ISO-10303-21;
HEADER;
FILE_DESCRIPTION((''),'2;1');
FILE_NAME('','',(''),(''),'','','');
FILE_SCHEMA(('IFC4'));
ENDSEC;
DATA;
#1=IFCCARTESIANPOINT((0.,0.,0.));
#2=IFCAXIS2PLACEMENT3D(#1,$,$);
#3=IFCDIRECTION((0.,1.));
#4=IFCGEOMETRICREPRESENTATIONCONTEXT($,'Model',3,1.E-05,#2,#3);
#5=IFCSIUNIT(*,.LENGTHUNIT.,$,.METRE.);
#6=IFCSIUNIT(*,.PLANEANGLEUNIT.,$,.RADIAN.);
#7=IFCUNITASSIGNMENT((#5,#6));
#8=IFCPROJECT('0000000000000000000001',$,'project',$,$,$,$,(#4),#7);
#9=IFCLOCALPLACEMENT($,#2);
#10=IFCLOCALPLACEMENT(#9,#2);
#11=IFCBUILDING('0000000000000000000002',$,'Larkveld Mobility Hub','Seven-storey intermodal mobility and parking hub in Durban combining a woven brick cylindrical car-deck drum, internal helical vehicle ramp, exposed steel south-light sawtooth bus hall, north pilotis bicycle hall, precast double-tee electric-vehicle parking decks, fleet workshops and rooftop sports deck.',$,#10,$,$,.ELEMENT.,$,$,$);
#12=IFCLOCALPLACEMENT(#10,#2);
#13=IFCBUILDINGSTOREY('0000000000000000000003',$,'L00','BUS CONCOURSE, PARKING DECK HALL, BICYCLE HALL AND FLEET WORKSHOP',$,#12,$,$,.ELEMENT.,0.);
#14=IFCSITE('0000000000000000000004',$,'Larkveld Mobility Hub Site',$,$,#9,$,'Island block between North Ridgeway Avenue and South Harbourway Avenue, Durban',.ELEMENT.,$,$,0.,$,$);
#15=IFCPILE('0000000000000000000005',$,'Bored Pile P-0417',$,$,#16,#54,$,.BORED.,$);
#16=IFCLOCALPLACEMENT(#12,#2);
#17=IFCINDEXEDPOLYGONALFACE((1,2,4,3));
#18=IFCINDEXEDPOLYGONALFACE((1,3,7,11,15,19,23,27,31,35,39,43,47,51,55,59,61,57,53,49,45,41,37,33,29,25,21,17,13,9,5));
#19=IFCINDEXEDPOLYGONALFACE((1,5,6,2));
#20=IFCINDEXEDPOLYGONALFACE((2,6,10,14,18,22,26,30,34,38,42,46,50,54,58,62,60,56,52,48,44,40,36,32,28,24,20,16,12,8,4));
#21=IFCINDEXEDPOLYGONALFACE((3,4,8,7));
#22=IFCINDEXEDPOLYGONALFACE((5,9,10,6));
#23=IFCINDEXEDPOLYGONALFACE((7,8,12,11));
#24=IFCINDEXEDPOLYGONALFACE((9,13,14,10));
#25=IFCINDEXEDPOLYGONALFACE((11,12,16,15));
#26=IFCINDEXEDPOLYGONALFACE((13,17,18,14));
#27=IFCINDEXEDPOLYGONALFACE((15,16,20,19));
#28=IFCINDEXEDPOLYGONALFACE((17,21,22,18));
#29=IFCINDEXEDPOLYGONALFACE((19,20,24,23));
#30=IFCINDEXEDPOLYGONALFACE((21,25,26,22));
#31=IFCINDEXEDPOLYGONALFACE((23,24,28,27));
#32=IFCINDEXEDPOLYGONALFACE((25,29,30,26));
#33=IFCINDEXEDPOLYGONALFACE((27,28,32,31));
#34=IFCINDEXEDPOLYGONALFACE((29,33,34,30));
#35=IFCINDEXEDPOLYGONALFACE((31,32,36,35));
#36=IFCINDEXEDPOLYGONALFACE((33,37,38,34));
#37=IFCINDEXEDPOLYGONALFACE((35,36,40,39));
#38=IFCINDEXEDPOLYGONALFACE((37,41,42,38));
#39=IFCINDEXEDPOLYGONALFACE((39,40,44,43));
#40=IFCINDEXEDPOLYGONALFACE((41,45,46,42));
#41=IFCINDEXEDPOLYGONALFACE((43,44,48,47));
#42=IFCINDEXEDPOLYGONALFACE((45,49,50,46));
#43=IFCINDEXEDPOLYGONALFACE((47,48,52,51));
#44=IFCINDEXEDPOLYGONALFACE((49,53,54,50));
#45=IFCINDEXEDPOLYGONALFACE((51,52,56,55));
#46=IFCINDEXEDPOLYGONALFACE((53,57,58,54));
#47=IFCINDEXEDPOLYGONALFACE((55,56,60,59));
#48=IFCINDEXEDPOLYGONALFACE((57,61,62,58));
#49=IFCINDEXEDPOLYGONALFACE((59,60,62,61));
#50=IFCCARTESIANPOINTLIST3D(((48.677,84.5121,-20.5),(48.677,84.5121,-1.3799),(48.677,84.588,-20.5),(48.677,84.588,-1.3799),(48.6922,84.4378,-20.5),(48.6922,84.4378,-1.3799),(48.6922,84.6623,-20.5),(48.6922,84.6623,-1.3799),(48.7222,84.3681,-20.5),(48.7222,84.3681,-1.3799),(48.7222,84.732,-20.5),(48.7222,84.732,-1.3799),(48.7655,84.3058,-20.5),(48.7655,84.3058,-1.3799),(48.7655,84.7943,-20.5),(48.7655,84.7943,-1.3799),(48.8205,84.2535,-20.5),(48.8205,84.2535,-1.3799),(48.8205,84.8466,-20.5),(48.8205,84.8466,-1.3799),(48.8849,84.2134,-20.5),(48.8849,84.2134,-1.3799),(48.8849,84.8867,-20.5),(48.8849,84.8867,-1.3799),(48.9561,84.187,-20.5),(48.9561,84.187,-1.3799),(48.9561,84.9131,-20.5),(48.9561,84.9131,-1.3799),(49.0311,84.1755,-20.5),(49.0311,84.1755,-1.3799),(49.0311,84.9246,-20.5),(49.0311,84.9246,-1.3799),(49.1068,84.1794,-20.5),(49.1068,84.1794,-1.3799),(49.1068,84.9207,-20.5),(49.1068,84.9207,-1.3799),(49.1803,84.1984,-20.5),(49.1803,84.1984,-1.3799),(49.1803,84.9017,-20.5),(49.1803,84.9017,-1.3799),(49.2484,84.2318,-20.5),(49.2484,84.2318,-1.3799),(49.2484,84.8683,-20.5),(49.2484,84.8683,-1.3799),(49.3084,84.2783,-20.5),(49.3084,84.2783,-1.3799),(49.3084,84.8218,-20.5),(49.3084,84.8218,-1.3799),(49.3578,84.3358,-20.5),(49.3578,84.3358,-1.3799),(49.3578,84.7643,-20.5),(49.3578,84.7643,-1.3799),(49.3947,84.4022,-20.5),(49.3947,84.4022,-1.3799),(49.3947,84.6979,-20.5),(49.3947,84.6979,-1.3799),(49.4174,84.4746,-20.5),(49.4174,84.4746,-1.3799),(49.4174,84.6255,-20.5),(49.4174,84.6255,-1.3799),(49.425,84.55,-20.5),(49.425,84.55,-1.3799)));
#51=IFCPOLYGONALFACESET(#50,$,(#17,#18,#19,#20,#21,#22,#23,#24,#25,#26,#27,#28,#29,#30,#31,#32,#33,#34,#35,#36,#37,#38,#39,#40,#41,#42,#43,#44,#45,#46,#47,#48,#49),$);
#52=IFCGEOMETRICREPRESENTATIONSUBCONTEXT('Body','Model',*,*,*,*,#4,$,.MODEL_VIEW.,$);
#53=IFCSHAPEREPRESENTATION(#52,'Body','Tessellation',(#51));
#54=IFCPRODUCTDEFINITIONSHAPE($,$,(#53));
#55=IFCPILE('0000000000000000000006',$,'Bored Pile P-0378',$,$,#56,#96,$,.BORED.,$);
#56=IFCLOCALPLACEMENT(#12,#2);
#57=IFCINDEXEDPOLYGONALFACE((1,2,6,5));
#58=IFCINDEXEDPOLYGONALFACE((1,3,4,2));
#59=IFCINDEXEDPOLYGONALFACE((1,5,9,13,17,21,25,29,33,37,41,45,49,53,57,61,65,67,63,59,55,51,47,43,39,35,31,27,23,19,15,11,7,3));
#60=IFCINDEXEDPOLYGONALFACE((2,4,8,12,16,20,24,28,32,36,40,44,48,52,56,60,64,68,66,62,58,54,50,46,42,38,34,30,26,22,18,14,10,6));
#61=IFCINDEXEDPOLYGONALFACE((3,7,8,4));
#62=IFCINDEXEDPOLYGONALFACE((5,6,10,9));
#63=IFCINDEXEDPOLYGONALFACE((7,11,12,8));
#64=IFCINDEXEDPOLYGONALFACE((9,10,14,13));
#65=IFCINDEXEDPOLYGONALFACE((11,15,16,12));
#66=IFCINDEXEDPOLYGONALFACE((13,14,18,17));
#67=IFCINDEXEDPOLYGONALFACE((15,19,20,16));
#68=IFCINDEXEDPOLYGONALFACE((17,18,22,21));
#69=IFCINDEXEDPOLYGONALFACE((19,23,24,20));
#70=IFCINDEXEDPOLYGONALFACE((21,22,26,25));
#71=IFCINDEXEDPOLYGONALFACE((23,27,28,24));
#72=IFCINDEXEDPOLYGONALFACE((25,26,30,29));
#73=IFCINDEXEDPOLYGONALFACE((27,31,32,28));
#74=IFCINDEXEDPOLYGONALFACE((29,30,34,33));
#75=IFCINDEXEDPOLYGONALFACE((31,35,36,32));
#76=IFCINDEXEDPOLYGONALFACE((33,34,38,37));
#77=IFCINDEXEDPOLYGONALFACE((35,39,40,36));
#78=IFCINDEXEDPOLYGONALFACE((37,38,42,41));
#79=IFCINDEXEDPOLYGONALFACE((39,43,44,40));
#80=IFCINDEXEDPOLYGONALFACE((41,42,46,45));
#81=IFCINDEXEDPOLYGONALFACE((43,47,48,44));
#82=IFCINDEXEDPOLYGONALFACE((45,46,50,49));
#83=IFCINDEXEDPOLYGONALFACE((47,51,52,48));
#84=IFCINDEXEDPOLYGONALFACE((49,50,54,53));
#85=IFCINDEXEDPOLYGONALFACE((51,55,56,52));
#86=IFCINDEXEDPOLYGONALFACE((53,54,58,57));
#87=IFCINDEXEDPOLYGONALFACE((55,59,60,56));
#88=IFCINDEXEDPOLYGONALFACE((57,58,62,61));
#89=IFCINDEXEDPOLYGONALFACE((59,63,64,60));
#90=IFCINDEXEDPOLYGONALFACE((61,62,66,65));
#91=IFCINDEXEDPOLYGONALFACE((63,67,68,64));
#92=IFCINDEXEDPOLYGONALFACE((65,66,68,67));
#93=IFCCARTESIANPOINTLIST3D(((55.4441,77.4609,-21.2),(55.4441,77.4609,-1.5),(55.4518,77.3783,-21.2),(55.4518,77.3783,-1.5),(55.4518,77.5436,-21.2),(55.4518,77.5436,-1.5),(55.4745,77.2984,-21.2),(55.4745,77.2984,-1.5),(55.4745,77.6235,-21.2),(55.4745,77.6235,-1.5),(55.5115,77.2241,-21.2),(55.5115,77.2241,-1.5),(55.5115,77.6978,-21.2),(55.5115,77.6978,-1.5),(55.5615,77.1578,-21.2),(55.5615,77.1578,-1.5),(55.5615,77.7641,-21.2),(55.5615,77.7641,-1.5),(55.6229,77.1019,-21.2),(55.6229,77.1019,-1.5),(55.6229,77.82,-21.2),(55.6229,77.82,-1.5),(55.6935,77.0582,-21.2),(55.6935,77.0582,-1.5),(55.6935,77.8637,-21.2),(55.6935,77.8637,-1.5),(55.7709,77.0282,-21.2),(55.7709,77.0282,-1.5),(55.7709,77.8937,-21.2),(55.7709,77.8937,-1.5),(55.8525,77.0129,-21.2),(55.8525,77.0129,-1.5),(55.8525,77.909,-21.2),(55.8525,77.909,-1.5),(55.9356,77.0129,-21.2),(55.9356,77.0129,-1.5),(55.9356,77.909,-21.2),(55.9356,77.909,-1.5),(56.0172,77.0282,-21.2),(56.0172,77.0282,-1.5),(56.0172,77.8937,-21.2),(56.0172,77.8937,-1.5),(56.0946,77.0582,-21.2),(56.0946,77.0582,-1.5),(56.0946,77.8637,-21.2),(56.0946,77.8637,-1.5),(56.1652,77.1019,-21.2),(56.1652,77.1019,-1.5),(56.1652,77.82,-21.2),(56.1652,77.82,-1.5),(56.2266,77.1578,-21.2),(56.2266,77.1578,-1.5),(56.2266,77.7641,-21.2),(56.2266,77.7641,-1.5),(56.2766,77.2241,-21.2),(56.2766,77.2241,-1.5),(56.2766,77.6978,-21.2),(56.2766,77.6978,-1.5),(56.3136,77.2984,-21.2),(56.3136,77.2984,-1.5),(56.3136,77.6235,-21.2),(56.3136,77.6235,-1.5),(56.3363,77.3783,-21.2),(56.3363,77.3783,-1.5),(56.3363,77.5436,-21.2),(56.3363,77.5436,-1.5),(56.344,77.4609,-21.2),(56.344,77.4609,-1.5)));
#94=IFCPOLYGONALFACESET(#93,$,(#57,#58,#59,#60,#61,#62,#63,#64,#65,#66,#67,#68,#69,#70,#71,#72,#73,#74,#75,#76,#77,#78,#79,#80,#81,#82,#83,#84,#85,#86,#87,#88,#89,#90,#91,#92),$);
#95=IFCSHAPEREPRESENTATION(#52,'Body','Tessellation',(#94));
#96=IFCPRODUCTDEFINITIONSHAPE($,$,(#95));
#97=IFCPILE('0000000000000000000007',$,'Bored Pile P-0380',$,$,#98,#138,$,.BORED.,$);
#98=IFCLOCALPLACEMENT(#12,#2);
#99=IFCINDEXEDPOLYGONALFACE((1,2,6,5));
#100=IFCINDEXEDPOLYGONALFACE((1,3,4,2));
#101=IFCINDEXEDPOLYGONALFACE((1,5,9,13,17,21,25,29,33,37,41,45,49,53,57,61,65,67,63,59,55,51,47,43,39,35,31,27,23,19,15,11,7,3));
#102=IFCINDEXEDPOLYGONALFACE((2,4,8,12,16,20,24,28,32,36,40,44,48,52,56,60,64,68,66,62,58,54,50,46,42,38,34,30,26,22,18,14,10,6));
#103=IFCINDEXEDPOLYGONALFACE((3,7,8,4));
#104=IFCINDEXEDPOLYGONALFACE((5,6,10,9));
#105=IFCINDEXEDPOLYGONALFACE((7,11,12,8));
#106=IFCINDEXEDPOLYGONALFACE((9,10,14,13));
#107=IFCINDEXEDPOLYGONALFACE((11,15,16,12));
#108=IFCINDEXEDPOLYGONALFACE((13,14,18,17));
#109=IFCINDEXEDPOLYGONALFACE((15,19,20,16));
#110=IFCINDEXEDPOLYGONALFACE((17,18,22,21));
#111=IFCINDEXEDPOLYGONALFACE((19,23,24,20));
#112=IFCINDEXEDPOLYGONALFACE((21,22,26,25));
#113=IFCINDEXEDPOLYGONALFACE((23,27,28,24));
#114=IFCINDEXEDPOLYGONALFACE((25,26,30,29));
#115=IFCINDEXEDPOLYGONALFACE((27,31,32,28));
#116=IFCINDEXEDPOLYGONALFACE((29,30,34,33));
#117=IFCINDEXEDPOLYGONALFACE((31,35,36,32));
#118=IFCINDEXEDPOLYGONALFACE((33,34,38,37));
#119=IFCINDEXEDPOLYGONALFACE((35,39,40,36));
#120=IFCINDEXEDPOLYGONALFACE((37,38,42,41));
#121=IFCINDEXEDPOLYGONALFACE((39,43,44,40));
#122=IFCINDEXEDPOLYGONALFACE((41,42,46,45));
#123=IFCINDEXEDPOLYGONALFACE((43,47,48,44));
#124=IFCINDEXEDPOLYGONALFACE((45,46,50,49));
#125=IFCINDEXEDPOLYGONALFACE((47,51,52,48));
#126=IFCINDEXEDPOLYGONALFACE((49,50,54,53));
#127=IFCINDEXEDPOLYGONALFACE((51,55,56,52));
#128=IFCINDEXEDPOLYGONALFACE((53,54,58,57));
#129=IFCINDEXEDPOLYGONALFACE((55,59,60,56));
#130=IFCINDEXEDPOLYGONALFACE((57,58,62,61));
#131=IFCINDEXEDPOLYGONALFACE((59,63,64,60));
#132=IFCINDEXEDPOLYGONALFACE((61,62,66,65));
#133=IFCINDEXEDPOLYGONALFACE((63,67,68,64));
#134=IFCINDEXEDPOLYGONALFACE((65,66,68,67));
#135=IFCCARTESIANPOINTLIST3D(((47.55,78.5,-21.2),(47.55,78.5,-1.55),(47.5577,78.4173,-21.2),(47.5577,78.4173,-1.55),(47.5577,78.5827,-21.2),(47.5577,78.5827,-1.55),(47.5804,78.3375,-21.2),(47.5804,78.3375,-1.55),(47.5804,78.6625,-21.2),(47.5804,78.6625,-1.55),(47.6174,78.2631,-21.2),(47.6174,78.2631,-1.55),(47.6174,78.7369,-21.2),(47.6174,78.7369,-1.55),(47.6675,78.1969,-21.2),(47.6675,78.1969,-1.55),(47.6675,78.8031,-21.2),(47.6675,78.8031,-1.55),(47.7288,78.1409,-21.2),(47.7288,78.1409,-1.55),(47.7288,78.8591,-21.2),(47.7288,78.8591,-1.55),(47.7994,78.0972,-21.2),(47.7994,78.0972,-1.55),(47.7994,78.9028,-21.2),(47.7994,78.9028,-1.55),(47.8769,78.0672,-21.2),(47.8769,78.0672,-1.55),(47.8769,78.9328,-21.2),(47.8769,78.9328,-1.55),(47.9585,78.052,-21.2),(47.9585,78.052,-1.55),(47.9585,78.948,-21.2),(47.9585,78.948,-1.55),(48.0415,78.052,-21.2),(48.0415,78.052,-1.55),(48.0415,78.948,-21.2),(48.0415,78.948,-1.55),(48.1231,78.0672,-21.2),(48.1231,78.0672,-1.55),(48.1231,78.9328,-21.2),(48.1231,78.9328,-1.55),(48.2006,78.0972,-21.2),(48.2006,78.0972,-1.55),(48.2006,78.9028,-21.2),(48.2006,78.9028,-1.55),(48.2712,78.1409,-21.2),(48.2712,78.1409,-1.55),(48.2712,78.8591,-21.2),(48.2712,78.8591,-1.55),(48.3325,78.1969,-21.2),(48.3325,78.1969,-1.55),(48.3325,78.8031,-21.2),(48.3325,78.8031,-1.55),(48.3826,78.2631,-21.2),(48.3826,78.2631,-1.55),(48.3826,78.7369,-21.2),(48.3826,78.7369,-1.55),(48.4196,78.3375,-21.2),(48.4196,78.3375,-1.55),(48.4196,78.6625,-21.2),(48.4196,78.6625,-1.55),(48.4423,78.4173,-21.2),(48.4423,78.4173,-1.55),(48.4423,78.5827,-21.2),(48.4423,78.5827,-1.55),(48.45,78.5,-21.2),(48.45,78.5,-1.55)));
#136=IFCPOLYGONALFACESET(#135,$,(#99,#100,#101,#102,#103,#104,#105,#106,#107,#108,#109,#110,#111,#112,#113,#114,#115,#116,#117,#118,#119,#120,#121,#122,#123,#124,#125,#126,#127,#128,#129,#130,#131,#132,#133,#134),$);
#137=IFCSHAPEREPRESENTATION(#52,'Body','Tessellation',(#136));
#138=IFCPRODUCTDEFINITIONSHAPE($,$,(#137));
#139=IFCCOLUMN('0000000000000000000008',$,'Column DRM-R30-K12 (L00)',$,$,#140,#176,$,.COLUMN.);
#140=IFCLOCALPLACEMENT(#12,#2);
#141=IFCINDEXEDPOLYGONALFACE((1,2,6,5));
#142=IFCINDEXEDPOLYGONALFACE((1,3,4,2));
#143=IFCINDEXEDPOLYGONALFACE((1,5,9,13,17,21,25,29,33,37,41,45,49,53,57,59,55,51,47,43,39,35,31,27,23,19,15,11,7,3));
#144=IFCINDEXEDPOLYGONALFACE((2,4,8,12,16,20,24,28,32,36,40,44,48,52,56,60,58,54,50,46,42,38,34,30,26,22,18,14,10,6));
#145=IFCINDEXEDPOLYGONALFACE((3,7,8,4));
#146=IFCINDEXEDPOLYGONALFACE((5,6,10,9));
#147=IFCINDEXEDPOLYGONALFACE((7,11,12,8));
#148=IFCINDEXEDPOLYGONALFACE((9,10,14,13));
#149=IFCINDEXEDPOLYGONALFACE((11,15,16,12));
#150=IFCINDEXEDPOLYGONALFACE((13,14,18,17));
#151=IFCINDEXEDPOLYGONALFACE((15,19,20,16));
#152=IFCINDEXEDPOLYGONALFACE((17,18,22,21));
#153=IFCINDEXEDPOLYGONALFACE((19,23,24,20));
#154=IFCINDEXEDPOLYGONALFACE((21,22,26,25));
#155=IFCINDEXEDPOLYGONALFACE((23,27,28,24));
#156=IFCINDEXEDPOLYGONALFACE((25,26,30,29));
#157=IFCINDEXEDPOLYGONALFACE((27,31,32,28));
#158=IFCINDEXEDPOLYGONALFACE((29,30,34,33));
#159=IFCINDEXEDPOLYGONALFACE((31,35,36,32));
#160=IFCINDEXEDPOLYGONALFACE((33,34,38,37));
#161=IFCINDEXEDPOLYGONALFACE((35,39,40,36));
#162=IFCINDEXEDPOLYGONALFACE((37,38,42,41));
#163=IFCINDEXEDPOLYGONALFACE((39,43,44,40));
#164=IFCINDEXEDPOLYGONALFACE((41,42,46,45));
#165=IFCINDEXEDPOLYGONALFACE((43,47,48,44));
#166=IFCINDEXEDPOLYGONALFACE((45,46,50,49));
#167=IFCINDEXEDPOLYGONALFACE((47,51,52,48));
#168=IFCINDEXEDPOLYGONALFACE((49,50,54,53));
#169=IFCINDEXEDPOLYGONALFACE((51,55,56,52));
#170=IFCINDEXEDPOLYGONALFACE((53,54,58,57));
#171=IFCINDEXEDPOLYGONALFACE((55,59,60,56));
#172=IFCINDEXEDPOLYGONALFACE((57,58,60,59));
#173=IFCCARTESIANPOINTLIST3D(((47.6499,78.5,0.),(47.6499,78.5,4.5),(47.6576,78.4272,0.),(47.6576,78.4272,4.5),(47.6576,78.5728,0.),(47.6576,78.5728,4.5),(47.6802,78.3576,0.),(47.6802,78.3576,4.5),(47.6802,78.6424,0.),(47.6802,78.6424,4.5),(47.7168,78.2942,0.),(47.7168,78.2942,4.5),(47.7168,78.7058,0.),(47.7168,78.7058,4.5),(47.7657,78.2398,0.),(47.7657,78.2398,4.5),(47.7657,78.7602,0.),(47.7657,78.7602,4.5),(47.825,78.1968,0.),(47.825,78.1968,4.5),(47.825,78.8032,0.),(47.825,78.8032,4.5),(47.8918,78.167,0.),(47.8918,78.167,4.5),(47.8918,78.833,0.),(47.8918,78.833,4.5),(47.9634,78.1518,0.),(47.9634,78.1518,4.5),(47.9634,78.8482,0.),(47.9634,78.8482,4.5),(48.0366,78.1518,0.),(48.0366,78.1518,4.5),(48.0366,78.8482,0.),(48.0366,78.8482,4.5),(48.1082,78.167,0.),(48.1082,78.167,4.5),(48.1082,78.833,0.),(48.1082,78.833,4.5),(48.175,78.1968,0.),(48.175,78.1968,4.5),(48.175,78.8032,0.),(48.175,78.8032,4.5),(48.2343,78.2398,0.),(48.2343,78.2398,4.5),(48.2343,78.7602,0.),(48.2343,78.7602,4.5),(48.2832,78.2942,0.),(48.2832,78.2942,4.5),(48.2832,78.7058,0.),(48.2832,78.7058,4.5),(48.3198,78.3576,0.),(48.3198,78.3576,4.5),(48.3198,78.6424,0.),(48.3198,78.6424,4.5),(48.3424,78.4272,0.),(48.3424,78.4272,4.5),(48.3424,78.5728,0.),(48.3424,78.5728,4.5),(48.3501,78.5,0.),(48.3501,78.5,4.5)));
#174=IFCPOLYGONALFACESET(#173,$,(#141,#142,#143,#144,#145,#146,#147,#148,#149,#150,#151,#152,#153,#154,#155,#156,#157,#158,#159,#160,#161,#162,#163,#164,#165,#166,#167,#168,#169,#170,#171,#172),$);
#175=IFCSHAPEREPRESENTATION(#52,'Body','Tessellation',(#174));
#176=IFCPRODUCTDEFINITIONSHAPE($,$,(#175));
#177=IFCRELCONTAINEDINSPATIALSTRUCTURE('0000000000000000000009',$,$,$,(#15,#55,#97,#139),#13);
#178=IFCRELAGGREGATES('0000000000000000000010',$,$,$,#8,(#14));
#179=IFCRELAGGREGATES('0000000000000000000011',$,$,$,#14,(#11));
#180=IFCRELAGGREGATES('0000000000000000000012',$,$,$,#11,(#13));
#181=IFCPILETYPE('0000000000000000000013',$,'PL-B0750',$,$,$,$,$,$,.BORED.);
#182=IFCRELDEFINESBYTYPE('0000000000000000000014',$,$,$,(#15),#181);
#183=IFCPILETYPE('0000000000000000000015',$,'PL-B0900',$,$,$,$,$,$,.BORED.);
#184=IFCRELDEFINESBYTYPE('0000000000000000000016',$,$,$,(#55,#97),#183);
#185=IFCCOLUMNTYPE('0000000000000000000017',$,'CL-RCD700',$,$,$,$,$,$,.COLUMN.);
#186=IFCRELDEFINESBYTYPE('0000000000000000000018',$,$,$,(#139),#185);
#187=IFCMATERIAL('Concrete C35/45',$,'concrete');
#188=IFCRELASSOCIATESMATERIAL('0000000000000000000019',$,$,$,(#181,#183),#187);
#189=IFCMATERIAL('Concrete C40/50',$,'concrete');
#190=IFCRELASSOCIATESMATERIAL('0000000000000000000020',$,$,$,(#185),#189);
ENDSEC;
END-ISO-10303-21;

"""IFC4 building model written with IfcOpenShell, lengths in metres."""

from ifc_helpers import new_model, si_unit, direction, frame, origin, origin_2d, place, context, subcontext, project, spatial, circle, extrude, material, material_profile, profile_set, type_object, element, save


model = new_model("IFC4")

# Units and contexts
model_context = context("Model", 3, precision=1e-05, world=origin(), true_north=direction((0.0, 1.0)))
body_context = subcontext(model_context, "Body", "Model", "MODEL_VIEW")
ifc_project = project(units=[si_unit("LENGTHUNIT", "METRE"), si_unit("PLANEANGLEUNIT", "RADIAN")], contexts=[model_context])

# Site, building, storey
site_placement = place(None, origin())
site = spatial("IfcSite", under=ifc_project, at=site_placement, Name="Larkveld Mobility Hub Site", LongName="Island block between North Ridgeway Avenue and South Harbourway Avenue, Durban", CompositionType="ELEMENT", RefElevation=0.0)
building_placement = place(site_placement, origin())
building = spatial("IfcBuilding", under=site, at=building_placement, Name="Larkveld Mobility Hub", Description="Seven-storey intermodal mobility and parking hub in Durban combining a woven brick cylindrical car-deck drum, internal helical vehicle ramp, exposed steel south-light sawtooth bus hall, north pilotis bicycle hall, precast double-tee electric-vehicle parking decks, fleet workshops and rooftop sports deck.", CompositionType="ELEMENT")
storey_placement = place(building_placement, origin())
storey = spatial("IfcBuildingStorey", under=building, at=storey_placement, Name="L00", Description="BUS CONCOURSE, PARKING DECK HALL, BICYCLE HALL AND FLEET WORKSHOP", CompositionType="ELEMENT", Elevation=0.0)

# Shared definitions
ifc_material_1 = material(Name="Concrete C35/45", Category="concrete")

# Piles
ifc_material_profile_1 = material_profile(ifc_material_1, circle(Radius=0.375, at=origin_2d()), Name="PILE D750")
ifc_profile_set_1 = profile_set([ifc_material_profile_1], Name="Concrete C35/45")
pile_type_1 = type_object("IfcPileType", Name="PL-B0750", PredefinedType="BORED", material=ifc_profile_set_1)
for number, where, z_axis, x_axis, name in (
    (1, (49.05, 84.55, -1.3799), (0.0, 0.0, -1.0), (1.0, 0.0, 0.0), "Bored Pile P-0417"),
):
    element("IfcPile", number, at=place(storey_placement, frame(where, z_axis=z_axis, x_axis=x_axis)), inside=storey, type_object=pile_type_1, Name=name, PredefinedType="BORED", context=body_context, shape_type="SweptSolid", body=[
        extrude(circle(Radius=0.375, at=origin_2d()), origin(), (0.0, 0.0, 1.0), 19.1201),
    ])
ifc_material_profile_2 = material_profile(ifc_material_1, circle(Radius=0.45, at=origin_2d()), Name="PILE D900")
ifc_profile_set_2 = profile_set([ifc_material_profile_2], Name="Concrete C35/45")
pile_type_2 = type_object("IfcPileType", Name="PL-B0900", PredefinedType="BORED", material=ifc_profile_set_2)
pile_1_placement = place(storey_placement, frame((55.894, 77.4609, -1.5), z_axis=(0.0, 0.0, -1.0), x_axis=(1.0, 0.0, 0.0)))
element("IfcPile", 2, at=pile_1_placement, inside=storey, type_object=pile_type_2, Name="Bored Pile P-0378", PredefinedType="BORED", context=body_context, shape_type="SweptSolid", body=[
    extrude(circle(Radius=0.45, at=origin_2d()), origin(), (0.0, 0.0, 1.0), 19.7),
])
pile_2_placement = place(storey_placement, frame((48.0, 78.5, -1.55), z_axis=(0.0, 0.0, -1.0), x_axis=(1.0, 0.0, 0.0)))
element("IfcPile", 3, at=pile_2_placement, inside=storey, type_object=pile_type_2, Name="Bored Pile P-0380", PredefinedType="BORED", context=body_context, shape_type="SweptSolid", body=[
    extrude(circle(Radius=0.45, at=origin_2d()), origin(), (0.0, 0.0, 1.0), 19.6499),
])

# Column
ifc_material_2 = material(Name="Concrete C40/50", Category="concrete")
ifc_material_profile_3 = material_profile(ifc_material_2, circle(Radius=0.3501, at=origin_2d()), Name="RC COL D700")
ifc_profile_set_3 = profile_set([ifc_material_profile_3], Name="Concrete C40/50")
column_type_1 = type_object("IfcColumnType", Name="CL-RCD700", PredefinedType="COLUMN", material=ifc_profile_set_3)
column_1_placement = place(storey_placement, frame((48.0, 78.5, 0.0), z_axis=(0.0, 0.0, 1.0), x_axis=(1.0, 0.0, 0.0)))
element("IfcColumn", 4, at=column_1_placement, inside=storey, type_object=column_type_1, Name="Column DRM-R30-K12 (L00)", PredefinedType="COLUMN", context=body_context, shape_type="SweptSolid", body=[
    extrude(circle(Radius=0.3501, at=origin_2d()), origin(), (0.0, 0.0, 1.0), 4.5),
])

save(model, "model.ifc")
